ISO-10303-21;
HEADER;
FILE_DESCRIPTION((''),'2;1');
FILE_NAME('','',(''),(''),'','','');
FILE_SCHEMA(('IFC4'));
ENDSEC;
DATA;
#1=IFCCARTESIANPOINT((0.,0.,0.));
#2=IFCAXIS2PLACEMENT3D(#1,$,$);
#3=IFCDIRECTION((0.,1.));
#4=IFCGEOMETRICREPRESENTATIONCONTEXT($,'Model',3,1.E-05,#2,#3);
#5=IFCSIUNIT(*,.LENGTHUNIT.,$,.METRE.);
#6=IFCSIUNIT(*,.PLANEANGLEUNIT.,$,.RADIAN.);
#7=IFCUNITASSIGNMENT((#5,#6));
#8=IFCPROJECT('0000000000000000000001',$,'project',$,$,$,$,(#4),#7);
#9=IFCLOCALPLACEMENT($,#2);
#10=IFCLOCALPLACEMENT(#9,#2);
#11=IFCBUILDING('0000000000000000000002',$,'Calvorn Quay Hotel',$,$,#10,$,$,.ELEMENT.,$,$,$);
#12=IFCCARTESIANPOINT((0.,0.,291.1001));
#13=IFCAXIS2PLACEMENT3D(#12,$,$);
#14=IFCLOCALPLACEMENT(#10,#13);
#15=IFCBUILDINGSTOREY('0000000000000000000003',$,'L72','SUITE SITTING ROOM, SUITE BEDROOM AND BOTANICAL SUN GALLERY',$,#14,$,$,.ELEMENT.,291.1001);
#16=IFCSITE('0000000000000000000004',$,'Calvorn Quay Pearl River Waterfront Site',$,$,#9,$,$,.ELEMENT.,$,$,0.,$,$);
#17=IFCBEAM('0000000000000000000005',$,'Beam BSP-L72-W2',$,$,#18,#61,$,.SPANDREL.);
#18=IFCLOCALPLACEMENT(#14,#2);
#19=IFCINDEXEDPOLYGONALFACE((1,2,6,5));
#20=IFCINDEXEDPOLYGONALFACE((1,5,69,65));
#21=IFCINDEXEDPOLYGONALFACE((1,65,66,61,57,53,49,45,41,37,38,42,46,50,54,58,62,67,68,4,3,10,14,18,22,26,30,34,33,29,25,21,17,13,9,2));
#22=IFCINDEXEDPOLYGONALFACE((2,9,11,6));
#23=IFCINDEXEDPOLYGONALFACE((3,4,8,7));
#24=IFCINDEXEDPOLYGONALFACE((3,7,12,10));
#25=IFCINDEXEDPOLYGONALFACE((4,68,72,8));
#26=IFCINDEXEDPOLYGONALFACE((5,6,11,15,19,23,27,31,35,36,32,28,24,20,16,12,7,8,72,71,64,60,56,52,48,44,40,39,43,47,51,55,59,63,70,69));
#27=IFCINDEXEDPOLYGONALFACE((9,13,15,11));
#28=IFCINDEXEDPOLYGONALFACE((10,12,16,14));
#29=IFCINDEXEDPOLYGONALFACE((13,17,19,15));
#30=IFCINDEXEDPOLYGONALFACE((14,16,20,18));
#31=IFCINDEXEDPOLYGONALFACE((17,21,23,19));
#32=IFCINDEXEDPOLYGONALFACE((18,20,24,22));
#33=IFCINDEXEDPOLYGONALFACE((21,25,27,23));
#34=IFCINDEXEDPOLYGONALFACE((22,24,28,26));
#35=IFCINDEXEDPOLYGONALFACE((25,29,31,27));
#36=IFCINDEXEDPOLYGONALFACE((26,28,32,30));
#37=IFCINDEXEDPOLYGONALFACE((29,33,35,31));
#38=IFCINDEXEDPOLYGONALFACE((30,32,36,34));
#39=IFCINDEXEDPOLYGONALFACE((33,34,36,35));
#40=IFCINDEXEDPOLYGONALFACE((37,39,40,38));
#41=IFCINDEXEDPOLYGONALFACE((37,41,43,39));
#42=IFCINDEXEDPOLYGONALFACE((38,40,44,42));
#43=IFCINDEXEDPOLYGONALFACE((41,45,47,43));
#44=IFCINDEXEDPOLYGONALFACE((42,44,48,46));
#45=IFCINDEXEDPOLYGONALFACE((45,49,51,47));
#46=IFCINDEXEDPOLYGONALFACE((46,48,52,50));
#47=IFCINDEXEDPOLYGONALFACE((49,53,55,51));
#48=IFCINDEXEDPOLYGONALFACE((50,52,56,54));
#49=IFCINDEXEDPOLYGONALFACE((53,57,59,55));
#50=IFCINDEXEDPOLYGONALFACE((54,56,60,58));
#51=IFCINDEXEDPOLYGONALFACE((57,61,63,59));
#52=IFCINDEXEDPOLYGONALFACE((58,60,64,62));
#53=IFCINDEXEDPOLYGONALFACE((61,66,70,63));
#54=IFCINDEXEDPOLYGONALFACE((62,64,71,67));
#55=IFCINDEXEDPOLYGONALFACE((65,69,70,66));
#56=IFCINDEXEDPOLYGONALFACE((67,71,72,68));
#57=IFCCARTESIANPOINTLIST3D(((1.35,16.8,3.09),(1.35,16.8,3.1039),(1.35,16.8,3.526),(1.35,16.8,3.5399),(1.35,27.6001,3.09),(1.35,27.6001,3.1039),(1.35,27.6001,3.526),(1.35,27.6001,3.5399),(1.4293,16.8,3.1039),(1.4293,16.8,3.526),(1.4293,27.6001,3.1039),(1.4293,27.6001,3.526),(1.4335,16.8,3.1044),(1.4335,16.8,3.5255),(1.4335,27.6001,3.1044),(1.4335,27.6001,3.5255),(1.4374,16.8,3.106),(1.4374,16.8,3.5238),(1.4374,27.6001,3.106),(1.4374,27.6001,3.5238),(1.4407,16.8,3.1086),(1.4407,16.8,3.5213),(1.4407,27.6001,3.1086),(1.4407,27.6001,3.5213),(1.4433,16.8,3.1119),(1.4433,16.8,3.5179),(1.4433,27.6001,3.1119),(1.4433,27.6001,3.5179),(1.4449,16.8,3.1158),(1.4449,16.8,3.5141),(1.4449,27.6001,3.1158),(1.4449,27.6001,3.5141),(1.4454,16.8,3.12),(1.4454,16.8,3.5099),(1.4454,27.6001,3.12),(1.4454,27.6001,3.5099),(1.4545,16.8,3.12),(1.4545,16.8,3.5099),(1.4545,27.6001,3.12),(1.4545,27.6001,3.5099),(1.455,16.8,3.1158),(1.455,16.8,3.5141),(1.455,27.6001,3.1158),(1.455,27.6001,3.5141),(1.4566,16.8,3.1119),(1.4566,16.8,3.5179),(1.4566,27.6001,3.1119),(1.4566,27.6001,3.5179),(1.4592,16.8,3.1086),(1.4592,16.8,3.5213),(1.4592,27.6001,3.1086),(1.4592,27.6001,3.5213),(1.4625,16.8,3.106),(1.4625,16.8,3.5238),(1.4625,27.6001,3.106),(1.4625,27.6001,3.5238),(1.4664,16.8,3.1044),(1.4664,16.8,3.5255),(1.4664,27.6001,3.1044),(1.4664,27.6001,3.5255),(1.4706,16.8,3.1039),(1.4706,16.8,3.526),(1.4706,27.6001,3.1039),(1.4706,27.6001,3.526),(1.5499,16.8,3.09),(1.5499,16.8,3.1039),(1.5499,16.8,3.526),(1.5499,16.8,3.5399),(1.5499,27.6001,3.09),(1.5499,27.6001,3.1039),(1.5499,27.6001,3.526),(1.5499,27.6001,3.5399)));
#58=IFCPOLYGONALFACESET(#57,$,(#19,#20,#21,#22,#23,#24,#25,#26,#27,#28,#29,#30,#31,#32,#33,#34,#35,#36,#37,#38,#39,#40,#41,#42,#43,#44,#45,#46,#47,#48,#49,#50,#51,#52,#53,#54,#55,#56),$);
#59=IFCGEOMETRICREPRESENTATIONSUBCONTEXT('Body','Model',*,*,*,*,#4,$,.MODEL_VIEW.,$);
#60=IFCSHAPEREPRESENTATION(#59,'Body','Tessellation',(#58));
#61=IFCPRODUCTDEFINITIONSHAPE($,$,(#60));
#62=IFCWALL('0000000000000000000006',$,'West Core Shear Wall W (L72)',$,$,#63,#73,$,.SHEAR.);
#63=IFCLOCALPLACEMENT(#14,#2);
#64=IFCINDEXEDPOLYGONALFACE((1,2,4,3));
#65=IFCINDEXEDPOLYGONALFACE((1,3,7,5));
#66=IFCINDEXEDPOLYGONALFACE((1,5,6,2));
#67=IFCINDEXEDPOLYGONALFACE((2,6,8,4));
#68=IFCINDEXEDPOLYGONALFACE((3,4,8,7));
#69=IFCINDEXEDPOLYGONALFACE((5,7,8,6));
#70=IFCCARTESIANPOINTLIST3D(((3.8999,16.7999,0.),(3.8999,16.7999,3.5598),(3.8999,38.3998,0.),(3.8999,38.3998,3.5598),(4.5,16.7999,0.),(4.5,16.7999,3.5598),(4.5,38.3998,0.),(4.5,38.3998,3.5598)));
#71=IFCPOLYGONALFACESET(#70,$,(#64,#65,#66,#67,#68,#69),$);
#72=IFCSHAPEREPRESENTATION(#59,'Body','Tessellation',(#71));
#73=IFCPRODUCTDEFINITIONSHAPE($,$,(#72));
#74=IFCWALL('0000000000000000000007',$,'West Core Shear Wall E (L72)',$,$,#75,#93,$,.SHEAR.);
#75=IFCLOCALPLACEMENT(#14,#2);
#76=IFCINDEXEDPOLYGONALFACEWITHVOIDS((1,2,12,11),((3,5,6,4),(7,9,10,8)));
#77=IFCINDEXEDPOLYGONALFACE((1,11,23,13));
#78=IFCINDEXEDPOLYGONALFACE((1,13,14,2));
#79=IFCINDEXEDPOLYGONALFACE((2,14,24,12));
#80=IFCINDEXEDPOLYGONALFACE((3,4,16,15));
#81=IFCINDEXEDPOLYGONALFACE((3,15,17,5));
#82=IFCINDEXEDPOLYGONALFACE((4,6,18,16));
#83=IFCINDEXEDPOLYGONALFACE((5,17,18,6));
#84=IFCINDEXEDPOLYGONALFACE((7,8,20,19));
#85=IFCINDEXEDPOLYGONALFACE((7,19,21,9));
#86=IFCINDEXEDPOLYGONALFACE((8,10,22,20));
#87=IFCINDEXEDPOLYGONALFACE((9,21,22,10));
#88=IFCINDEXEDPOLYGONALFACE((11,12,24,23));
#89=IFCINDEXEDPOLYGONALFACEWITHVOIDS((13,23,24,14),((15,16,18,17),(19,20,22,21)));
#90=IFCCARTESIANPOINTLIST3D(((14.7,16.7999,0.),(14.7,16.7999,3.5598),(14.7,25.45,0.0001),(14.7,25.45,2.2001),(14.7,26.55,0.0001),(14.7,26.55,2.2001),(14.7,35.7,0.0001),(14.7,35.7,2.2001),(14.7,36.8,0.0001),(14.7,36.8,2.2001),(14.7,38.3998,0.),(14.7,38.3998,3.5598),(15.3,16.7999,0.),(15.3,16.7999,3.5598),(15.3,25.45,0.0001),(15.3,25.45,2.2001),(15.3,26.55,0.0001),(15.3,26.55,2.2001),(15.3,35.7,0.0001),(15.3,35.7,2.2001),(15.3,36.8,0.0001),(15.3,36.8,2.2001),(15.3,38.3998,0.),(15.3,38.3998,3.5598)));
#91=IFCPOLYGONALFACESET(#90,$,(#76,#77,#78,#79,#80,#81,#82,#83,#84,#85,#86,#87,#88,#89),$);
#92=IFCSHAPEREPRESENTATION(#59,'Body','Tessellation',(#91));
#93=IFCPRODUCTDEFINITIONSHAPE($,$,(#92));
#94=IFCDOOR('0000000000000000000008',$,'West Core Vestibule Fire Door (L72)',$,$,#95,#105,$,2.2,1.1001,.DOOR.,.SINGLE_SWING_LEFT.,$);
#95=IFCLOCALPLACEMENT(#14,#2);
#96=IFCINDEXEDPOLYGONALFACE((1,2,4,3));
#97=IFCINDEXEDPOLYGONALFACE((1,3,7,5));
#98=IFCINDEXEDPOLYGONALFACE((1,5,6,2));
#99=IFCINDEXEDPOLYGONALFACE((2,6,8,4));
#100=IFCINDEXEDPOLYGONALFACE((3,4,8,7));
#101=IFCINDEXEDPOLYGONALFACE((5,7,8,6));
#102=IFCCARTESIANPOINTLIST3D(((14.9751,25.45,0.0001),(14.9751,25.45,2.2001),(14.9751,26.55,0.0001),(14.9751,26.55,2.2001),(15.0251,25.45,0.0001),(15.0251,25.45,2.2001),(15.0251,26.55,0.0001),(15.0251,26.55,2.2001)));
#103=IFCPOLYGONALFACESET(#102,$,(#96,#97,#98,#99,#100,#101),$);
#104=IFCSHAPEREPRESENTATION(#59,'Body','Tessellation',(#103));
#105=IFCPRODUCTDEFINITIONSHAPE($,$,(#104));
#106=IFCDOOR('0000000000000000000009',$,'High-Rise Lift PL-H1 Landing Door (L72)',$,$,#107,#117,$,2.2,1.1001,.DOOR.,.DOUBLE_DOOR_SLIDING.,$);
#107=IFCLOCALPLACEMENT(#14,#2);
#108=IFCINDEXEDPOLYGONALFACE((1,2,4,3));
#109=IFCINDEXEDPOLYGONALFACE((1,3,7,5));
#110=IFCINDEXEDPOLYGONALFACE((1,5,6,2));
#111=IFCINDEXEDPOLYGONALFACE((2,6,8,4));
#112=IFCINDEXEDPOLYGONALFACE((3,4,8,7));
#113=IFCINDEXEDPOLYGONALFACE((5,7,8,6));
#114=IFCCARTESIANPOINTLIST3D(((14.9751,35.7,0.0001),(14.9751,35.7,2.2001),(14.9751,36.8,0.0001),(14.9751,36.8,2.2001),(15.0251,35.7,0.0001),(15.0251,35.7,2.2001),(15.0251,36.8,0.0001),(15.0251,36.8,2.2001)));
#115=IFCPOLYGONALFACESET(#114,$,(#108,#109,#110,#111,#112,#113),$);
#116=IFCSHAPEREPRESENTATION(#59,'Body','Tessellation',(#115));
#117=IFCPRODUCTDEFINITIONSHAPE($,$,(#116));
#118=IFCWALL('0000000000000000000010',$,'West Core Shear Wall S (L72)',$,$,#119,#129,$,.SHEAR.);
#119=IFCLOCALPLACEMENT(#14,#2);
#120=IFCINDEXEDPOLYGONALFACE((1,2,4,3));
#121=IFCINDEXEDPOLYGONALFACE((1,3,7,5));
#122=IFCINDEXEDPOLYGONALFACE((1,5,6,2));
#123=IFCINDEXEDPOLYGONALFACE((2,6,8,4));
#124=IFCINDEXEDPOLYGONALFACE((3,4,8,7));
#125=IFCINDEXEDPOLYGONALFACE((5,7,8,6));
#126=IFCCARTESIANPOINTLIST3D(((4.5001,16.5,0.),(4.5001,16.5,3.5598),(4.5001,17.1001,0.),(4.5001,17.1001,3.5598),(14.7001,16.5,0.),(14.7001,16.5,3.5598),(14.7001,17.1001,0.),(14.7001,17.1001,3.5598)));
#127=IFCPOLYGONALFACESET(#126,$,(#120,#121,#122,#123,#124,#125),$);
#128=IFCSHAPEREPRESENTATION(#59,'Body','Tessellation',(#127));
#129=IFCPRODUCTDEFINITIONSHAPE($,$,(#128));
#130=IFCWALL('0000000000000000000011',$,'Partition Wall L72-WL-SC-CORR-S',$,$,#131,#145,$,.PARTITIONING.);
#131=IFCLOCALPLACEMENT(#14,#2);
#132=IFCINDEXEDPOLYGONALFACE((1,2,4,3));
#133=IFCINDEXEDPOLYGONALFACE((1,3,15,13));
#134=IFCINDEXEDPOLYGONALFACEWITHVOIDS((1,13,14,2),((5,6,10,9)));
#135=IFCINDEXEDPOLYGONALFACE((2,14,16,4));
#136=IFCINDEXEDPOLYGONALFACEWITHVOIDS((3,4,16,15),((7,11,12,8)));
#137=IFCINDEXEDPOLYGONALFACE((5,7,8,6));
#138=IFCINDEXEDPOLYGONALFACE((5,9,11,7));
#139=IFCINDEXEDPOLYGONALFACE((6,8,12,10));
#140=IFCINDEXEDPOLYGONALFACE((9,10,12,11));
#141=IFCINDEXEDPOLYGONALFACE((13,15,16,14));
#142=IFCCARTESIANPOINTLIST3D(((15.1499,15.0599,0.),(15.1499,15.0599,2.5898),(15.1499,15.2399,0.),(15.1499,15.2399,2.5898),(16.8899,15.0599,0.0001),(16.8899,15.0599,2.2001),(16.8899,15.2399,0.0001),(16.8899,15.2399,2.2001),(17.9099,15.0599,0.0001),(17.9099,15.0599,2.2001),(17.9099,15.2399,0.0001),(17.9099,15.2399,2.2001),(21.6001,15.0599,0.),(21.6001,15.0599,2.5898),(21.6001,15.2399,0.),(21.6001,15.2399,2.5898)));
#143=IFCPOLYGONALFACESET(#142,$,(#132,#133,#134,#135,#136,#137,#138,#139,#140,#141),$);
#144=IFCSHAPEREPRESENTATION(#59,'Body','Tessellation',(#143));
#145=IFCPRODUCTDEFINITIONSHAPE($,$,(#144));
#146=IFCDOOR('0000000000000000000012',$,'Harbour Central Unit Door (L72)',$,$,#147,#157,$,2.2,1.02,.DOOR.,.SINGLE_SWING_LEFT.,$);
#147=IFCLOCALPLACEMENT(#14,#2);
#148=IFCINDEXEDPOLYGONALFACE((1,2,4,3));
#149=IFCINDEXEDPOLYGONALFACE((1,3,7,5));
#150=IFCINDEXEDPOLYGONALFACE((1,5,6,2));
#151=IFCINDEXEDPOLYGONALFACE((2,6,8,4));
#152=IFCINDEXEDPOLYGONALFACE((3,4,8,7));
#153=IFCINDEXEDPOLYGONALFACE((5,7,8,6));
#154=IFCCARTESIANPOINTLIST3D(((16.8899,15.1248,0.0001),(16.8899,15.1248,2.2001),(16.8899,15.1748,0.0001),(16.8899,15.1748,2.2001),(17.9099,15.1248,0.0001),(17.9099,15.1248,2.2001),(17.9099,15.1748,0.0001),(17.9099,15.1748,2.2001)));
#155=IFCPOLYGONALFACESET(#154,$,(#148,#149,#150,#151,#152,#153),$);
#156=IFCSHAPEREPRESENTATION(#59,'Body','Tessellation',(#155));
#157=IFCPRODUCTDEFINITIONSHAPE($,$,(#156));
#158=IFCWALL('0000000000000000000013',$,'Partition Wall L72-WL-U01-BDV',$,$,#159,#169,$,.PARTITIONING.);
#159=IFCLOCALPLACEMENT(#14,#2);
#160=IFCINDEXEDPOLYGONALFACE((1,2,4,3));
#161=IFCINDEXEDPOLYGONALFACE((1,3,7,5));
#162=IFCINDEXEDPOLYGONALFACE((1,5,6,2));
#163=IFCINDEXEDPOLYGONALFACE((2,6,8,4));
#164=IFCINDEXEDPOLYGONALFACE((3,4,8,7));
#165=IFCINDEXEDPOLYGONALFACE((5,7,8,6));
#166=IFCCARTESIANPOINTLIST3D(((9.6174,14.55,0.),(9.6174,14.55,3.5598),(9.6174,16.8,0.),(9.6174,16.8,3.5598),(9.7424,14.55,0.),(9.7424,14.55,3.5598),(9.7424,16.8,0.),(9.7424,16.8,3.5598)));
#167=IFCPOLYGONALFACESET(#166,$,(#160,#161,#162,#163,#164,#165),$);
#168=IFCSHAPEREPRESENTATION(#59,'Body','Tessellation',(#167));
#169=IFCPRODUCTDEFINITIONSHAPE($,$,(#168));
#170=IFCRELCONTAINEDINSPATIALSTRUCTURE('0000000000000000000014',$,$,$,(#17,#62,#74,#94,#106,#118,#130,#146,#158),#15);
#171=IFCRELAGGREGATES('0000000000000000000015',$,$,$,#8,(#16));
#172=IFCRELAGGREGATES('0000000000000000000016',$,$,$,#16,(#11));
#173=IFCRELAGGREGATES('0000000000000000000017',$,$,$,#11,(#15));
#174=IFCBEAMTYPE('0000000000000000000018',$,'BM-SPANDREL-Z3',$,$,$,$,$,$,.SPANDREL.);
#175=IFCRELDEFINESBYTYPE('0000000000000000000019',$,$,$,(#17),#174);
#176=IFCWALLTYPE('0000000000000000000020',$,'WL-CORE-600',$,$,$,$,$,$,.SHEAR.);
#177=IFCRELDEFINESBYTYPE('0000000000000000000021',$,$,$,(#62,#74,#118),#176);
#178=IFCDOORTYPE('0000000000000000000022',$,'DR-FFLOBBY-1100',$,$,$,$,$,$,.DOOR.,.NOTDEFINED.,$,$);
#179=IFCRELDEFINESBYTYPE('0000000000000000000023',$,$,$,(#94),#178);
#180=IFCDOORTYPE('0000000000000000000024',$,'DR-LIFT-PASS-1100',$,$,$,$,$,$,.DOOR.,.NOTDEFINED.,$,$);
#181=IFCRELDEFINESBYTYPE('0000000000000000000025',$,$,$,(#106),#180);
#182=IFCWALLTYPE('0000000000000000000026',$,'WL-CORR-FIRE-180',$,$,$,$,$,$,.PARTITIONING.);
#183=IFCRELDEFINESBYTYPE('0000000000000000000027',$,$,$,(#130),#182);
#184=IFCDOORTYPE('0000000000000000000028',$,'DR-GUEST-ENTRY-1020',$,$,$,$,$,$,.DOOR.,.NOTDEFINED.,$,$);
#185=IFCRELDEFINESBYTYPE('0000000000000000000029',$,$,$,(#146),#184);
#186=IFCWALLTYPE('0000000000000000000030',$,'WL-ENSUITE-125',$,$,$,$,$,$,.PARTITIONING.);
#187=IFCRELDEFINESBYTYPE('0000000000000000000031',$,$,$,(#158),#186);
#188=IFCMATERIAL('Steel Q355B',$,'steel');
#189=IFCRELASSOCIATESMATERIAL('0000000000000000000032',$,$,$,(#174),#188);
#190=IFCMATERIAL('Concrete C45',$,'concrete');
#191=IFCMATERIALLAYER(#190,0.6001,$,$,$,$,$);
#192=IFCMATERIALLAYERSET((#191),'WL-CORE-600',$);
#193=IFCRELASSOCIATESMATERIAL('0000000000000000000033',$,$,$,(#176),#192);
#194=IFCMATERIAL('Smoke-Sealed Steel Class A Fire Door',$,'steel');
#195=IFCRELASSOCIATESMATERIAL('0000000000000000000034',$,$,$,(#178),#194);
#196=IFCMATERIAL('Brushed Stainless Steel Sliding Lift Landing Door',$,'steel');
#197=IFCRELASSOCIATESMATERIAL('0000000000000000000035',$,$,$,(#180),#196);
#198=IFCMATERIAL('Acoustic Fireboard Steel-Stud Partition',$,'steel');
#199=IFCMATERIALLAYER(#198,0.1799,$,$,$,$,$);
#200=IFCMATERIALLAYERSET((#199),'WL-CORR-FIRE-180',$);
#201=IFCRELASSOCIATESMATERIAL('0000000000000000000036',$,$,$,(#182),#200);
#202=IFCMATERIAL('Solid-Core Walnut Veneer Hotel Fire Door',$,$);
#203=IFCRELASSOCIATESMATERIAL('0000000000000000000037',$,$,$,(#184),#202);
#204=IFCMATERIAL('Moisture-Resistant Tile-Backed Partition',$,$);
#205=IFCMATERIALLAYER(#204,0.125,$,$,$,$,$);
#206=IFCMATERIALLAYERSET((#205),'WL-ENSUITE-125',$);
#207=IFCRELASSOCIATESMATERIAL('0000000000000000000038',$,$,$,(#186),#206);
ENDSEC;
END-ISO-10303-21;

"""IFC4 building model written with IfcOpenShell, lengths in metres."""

from ifc_helpers import new_model, si_unit, direction, frame, frame_2d, origin, origin_2d, place, context, subcontext, project, spatial, rectangle, i_section, extrude, material, layer, layer_set, material_profile, profile_set, type_object, element, fill, save


model = new_model("IFC4")

# Units and contexts
model_context = context("Model", 3, precision=1e-05, world=origin(), true_north=direction((0.0, 1.0)))
body_context = subcontext(model_context, "Body", "Model", "MODEL_VIEW")
ifc_project = project(units=[si_unit("LENGTHUNIT", "METRE"), si_unit("PLANEANGLEUNIT", "RADIAN")], contexts=[model_context])

# Site, building, storey
site_placement = place(None, origin())
site = spatial("IfcSite", under=ifc_project, at=site_placement, Name="Calvorn Quay Pearl River Waterfront Site", CompositionType="ELEMENT", RefElevation=0.0)
building_placement = place(site_placement, origin())
building = spatial("IfcBuilding", under=site, at=building_placement, Name="Calvorn Quay Hotel", CompositionType="ELEMENT")
storey_placement = place(building_placement, frame((0.0, 0.0, 291.1001)))
storey = spatial("IfcBuildingStorey", under=building, at=storey_placement, Name="L72", Description="SUITE SITTING ROOM, SUITE BEDROOM AND BOTANICAL SUN GALLERY", CompositionType="ELEMENT", Elevation=291.1001)

# Beam
ifc_material_1 = material(Name="Steel Q355B", Category="steel")
ifc_material_profile_1 = material_profile(ifc_material_1, i_section(OverallWidth=0.2, OverallDepth=0.45, WebThickness=0.009, FlangeThickness=0.0139, FilletRadius=0.0161, at=origin_2d()), Name="HN450x200x9x14")
ifc_profile_set_1 = profile_set([ifc_material_profile_1], Name="Steel Q355B")
beam_type_1 = type_object("IfcBeamType", Name="BM-SPANDREL-Z3", PredefinedType="SPANDREL", material=ifc_profile_set_1)
beam_1_placement = place(storey_placement, frame((1.45, 16.8, 3.3149), z_axis=(0.0, 1.0, 0.0), x_axis=(-1.0, 0.0, 0.0)))
element("IfcBeam", 1, at=beam_1_placement, inside=storey, type_object=beam_type_1, Name="Beam BSP-L72-W2", PredefinedType="SPANDREL", context=body_context, shape_type="SweptSolid", body=[
    extrude(i_section(OverallWidth=0.2, OverallDepth=0.45, WebThickness=0.009, FlangeThickness=0.0139, FilletRadius=0.0161, at=origin_2d()), origin(), (0.0, 0.0, 1.0), 10.8),
])

# Wall
ifc_material_2 = material(Name="Concrete C45", Category="concrete")
ifc_layer_1 = layer(ifc_material_2, 0.6001)
ifc_layer_set_1 = layer_set([ifc_layer_1], Name="WL-CORE-600")
wall_type_1 = type_object("IfcWallType", Name="WL-CORE-600", PredefinedType="SHEAR", material=ifc_layer_set_1)
wall_1_placement = place(storey_placement, frame((4.2, 16.8, 0.0), z_axis=(0.0, 0.0, 1.0), x_axis=(0.0, 1.0, 0.0)))
element("IfcWall", 2, at=wall_1_placement, inside=storey, type_object=wall_type_1, Name="West Core Shear Wall W (L72)", PredefinedType="SHEAR", context=body_context, shape_type="SweptSolid", body=[
    extrude(rectangle(XDim=21.5999, YDim=0.6001, at=frame_2d((10.7998, 0.0))), origin(), (0.0, 0.0, 1.0), 3.5598),
])

# Wall, openings, doors
wall_2_placement = place(storey_placement, frame((15.0, 16.8, 0.0), z_axis=(0.0, 0.0, 1.0), x_axis=(0.0, 1.0, 0.0)))
wall_2 = element("IfcWall", 3, at=wall_2_placement, inside=storey, type_object=wall_type_1, Name="West Core Shear Wall E (L72)", PredefinedType="SHEAR", context=body_context, shape_type="SweptSolid", body=[
    extrude(rectangle(XDim=21.5999, YDim=0.6001, at=frame_2d((10.7998, 0.0))), origin(), (0.0, 0.0, 1.0), 3.5598),
])
opening_1_placement = place(wall_2_placement, frame((8.6499, 0.0, 0.0)))
opening_1 = element("IfcOpeningElement", 4, at=opening_1_placement, cuts=wall_2, PredefinedType="OPENING", context=body_context, shape_type="SweptSolid", body=[
    extrude(rectangle(XDim=1.1001, YDim=2.2, at=frame_2d((0.55, 1.1001))), frame((0.0, 0.3101, 0.0), z_axis=(0.0, -1.0, 0.0), x_axis=(1.0, 0.0, 0.0)), (0.0, 0.0, 1.0), 0.6201),
])
opening_2_placement = place(wall_2_placement, frame((18.8999, 0.0, 0.0)))
opening_2 = element("IfcOpeningElement", 5, at=opening_2_placement, cuts=wall_2, PredefinedType="OPENING", context=body_context, shape_type="SweptSolid", body=[
    extrude(rectangle(XDim=1.1001, YDim=2.2, at=frame_2d((0.55, 1.1001))), frame((0.0, 0.3101, 0.0), z_axis=(0.0, -1.0, 0.0), x_axis=(1.0, 0.0, 0.0)), (0.0, 0.0, 1.0), 0.6201),
])
ifc_material_3 = material(Name="Smoke-Sealed Steel Class A Fire Door", Category="steel")
door_type_1 = type_object("IfcDoorType", Name="DR-FFLOBBY-1100", OperationType="NOTDEFINED", PredefinedType="DOOR", material=ifc_material_3)
door_1_placement = place(opening_1_placement, origin())
door_1 = element("IfcDoor", 6, at=door_1_placement, inside=storey, type_object=door_type_1, Name="West Core Vestibule Fire Door (L72)", OperationType="SINGLE_SWING_LEFT", OverallHeight=2.2, OverallWidth=1.1001, PredefinedType="DOOR", context=body_context, shape_type="SweptSolid", body=[
    extrude(rectangle(XDim=1.1001, YDim=2.2, at=frame_2d((0.55, 1.1001))), frame((0.0, 0.0249, 0.0), z_axis=(0.0, -1.0, 0.0), x_axis=(1.0, 0.0, 0.0)), (0.0, 0.0, 1.0), 0.05),
])
fill(opening_1, door_1)
ifc_material_4 = material(Name="Brushed Stainless Steel Sliding Lift Landing Door", Category="steel")
door_type_2 = type_object("IfcDoorType", Name="DR-LIFT-PASS-1100", OperationType="NOTDEFINED", PredefinedType="DOOR", material=ifc_material_4)
door_2_placement = place(opening_2_placement, origin())
door_2 = element("IfcDoor", 7, at=door_2_placement, inside=storey, type_object=door_type_2, Name="High-Rise Lift PL-H1 Landing Door (L72)", OperationType="DOUBLE_DOOR_SLIDING", OverallHeight=2.2, OverallWidth=1.1001, PredefinedType="DOOR", context=body_context, shape_type="SweptSolid", body=[
    extrude(rectangle(XDim=1.1001, YDim=2.2, at=frame_2d((0.55, 1.1001))), frame((0.0, 0.0249, 0.0), z_axis=(0.0, -1.0, 0.0), x_axis=(1.0, 0.0, 0.0)), (0.0, 0.0, 1.0), 0.05),
])
fill(opening_2, door_2)

# Wall
wall_3_placement = place(storey_placement, frame((4.5, 16.8, 0.0), z_axis=(0.0, 0.0, 1.0), x_axis=(1.0, 0.0, 0.0)))
element("IfcWall", 8, at=wall_3_placement, inside=storey, type_object=wall_type_1, Name="West Core Shear Wall S (L72)", PredefinedType="SHEAR", context=body_context, shape_type="SweptSolid", body=[
    extrude(rectangle(XDim=10.2, YDim=0.6001, at=frame_2d((5.1001, 0.0))), origin(), (0.0, 0.0, 1.0), 3.5598),
])

# Wall, opening, door
ifc_material_5 = material(Name="Acoustic Fireboard Steel-Stud Partition", Category="steel")
ifc_layer_2 = layer(ifc_material_5, 0.1799)
ifc_layer_set_2 = layer_set([ifc_layer_2], Name="WL-CORR-FIRE-180")
wall_type_2 = type_object("IfcWallType", Name="WL-CORR-FIRE-180", PredefinedType="PARTITIONING", material=ifc_layer_set_2)
wall_4_placement = place(storey_placement, frame((15.1499, 15.1499, 0.0), z_axis=(0.0, 0.0, 1.0), x_axis=(1.0, 0.0, 0.0)))
wall_4 = element("IfcWall", 9, at=wall_4_placement, inside=storey, type_object=wall_type_2, Name="Partition Wall L72-WL-SC-CORR-S", PredefinedType="PARTITIONING", context=body_context, shape_type="SweptSolid", body=[
    extrude(rectangle(XDim=6.4502, YDim=0.1799, at=frame_2d((3.2251, 0.0))), origin(), (0.0, 0.0, 1.0), 2.5898),
])
opening_3_placement = place(wall_4_placement, frame((1.74, 0.0, 0.0)))
opening_3 = element("IfcOpeningElement", 10, at=opening_3_placement, cuts=wall_4, PredefinedType="OPENING", context=body_context, shape_type="SweptSolid", body=[
    extrude(rectangle(XDim=1.02, YDim=2.2, at=frame_2d((0.51, 1.1001))), frame((0.0, 0.0999, 0.0), z_axis=(0.0, -1.0, 0.0), x_axis=(1.0, 0.0, 0.0)), (0.0, 0.0, 1.0), 0.2),
])
ifc_material_6 = material(Name="Solid-Core Walnut Veneer Hotel Fire Door")
door_type_3 = type_object("IfcDoorType", Name="DR-GUEST-ENTRY-1020", OperationType="NOTDEFINED", PredefinedType="DOOR", material=ifc_material_6)
door_3_placement = place(opening_3_placement, origin())
door_3 = element("IfcDoor", 11, at=door_3_placement, inside=storey, type_object=door_type_3, Name="Harbour Central Unit Door (L72)", OperationType="SINGLE_SWING_LEFT", OverallHeight=2.2, OverallWidth=1.02, PredefinedType="DOOR", context=body_context, shape_type="SweptSolid", body=[
    extrude(rectangle(XDim=1.02, YDim=2.2, at=frame_2d((0.51, 1.1001))), frame((0.0, 0.0249, 0.0), z_axis=(0.0, -1.0, 0.0), x_axis=(1.0, 0.0, 0.0)), (0.0, 0.0, 1.0), 0.05),
])
fill(opening_3, door_3)

# Wall
ifc_material_7 = material(Name="Moisture-Resistant Tile-Backed Partition")
ifc_layer_3 = layer(ifc_material_7, 0.125)
ifc_layer_set_3 = layer_set([ifc_layer_3], Name="WL-ENSUITE-125")
wall_type_3 = type_object("IfcWallType", Name="WL-ENSUITE-125", PredefinedType="PARTITIONING", material=ifc_layer_set_3)
wall_5_placement = place(storey_placement, frame((9.6799, 14.55, 0.0), z_axis=(0.0, 0.0, 1.0), x_axis=(0.0, 1.0, 0.0)))
element("IfcWall", 12, at=wall_5_placement, inside=storey, type_object=wall_type_3, Name="Partition Wall L72-WL-U01-BDV", PredefinedType="PARTITIONING", context=body_context, shape_type="SweptSolid", body=[
    extrude(rectangle(XDim=2.25, YDim=0.125, at=frame_2d((1.125, 0.0))), origin(), (0.0, 0.0, 1.0), 3.5598),
])

save(model, "model.ifc")
